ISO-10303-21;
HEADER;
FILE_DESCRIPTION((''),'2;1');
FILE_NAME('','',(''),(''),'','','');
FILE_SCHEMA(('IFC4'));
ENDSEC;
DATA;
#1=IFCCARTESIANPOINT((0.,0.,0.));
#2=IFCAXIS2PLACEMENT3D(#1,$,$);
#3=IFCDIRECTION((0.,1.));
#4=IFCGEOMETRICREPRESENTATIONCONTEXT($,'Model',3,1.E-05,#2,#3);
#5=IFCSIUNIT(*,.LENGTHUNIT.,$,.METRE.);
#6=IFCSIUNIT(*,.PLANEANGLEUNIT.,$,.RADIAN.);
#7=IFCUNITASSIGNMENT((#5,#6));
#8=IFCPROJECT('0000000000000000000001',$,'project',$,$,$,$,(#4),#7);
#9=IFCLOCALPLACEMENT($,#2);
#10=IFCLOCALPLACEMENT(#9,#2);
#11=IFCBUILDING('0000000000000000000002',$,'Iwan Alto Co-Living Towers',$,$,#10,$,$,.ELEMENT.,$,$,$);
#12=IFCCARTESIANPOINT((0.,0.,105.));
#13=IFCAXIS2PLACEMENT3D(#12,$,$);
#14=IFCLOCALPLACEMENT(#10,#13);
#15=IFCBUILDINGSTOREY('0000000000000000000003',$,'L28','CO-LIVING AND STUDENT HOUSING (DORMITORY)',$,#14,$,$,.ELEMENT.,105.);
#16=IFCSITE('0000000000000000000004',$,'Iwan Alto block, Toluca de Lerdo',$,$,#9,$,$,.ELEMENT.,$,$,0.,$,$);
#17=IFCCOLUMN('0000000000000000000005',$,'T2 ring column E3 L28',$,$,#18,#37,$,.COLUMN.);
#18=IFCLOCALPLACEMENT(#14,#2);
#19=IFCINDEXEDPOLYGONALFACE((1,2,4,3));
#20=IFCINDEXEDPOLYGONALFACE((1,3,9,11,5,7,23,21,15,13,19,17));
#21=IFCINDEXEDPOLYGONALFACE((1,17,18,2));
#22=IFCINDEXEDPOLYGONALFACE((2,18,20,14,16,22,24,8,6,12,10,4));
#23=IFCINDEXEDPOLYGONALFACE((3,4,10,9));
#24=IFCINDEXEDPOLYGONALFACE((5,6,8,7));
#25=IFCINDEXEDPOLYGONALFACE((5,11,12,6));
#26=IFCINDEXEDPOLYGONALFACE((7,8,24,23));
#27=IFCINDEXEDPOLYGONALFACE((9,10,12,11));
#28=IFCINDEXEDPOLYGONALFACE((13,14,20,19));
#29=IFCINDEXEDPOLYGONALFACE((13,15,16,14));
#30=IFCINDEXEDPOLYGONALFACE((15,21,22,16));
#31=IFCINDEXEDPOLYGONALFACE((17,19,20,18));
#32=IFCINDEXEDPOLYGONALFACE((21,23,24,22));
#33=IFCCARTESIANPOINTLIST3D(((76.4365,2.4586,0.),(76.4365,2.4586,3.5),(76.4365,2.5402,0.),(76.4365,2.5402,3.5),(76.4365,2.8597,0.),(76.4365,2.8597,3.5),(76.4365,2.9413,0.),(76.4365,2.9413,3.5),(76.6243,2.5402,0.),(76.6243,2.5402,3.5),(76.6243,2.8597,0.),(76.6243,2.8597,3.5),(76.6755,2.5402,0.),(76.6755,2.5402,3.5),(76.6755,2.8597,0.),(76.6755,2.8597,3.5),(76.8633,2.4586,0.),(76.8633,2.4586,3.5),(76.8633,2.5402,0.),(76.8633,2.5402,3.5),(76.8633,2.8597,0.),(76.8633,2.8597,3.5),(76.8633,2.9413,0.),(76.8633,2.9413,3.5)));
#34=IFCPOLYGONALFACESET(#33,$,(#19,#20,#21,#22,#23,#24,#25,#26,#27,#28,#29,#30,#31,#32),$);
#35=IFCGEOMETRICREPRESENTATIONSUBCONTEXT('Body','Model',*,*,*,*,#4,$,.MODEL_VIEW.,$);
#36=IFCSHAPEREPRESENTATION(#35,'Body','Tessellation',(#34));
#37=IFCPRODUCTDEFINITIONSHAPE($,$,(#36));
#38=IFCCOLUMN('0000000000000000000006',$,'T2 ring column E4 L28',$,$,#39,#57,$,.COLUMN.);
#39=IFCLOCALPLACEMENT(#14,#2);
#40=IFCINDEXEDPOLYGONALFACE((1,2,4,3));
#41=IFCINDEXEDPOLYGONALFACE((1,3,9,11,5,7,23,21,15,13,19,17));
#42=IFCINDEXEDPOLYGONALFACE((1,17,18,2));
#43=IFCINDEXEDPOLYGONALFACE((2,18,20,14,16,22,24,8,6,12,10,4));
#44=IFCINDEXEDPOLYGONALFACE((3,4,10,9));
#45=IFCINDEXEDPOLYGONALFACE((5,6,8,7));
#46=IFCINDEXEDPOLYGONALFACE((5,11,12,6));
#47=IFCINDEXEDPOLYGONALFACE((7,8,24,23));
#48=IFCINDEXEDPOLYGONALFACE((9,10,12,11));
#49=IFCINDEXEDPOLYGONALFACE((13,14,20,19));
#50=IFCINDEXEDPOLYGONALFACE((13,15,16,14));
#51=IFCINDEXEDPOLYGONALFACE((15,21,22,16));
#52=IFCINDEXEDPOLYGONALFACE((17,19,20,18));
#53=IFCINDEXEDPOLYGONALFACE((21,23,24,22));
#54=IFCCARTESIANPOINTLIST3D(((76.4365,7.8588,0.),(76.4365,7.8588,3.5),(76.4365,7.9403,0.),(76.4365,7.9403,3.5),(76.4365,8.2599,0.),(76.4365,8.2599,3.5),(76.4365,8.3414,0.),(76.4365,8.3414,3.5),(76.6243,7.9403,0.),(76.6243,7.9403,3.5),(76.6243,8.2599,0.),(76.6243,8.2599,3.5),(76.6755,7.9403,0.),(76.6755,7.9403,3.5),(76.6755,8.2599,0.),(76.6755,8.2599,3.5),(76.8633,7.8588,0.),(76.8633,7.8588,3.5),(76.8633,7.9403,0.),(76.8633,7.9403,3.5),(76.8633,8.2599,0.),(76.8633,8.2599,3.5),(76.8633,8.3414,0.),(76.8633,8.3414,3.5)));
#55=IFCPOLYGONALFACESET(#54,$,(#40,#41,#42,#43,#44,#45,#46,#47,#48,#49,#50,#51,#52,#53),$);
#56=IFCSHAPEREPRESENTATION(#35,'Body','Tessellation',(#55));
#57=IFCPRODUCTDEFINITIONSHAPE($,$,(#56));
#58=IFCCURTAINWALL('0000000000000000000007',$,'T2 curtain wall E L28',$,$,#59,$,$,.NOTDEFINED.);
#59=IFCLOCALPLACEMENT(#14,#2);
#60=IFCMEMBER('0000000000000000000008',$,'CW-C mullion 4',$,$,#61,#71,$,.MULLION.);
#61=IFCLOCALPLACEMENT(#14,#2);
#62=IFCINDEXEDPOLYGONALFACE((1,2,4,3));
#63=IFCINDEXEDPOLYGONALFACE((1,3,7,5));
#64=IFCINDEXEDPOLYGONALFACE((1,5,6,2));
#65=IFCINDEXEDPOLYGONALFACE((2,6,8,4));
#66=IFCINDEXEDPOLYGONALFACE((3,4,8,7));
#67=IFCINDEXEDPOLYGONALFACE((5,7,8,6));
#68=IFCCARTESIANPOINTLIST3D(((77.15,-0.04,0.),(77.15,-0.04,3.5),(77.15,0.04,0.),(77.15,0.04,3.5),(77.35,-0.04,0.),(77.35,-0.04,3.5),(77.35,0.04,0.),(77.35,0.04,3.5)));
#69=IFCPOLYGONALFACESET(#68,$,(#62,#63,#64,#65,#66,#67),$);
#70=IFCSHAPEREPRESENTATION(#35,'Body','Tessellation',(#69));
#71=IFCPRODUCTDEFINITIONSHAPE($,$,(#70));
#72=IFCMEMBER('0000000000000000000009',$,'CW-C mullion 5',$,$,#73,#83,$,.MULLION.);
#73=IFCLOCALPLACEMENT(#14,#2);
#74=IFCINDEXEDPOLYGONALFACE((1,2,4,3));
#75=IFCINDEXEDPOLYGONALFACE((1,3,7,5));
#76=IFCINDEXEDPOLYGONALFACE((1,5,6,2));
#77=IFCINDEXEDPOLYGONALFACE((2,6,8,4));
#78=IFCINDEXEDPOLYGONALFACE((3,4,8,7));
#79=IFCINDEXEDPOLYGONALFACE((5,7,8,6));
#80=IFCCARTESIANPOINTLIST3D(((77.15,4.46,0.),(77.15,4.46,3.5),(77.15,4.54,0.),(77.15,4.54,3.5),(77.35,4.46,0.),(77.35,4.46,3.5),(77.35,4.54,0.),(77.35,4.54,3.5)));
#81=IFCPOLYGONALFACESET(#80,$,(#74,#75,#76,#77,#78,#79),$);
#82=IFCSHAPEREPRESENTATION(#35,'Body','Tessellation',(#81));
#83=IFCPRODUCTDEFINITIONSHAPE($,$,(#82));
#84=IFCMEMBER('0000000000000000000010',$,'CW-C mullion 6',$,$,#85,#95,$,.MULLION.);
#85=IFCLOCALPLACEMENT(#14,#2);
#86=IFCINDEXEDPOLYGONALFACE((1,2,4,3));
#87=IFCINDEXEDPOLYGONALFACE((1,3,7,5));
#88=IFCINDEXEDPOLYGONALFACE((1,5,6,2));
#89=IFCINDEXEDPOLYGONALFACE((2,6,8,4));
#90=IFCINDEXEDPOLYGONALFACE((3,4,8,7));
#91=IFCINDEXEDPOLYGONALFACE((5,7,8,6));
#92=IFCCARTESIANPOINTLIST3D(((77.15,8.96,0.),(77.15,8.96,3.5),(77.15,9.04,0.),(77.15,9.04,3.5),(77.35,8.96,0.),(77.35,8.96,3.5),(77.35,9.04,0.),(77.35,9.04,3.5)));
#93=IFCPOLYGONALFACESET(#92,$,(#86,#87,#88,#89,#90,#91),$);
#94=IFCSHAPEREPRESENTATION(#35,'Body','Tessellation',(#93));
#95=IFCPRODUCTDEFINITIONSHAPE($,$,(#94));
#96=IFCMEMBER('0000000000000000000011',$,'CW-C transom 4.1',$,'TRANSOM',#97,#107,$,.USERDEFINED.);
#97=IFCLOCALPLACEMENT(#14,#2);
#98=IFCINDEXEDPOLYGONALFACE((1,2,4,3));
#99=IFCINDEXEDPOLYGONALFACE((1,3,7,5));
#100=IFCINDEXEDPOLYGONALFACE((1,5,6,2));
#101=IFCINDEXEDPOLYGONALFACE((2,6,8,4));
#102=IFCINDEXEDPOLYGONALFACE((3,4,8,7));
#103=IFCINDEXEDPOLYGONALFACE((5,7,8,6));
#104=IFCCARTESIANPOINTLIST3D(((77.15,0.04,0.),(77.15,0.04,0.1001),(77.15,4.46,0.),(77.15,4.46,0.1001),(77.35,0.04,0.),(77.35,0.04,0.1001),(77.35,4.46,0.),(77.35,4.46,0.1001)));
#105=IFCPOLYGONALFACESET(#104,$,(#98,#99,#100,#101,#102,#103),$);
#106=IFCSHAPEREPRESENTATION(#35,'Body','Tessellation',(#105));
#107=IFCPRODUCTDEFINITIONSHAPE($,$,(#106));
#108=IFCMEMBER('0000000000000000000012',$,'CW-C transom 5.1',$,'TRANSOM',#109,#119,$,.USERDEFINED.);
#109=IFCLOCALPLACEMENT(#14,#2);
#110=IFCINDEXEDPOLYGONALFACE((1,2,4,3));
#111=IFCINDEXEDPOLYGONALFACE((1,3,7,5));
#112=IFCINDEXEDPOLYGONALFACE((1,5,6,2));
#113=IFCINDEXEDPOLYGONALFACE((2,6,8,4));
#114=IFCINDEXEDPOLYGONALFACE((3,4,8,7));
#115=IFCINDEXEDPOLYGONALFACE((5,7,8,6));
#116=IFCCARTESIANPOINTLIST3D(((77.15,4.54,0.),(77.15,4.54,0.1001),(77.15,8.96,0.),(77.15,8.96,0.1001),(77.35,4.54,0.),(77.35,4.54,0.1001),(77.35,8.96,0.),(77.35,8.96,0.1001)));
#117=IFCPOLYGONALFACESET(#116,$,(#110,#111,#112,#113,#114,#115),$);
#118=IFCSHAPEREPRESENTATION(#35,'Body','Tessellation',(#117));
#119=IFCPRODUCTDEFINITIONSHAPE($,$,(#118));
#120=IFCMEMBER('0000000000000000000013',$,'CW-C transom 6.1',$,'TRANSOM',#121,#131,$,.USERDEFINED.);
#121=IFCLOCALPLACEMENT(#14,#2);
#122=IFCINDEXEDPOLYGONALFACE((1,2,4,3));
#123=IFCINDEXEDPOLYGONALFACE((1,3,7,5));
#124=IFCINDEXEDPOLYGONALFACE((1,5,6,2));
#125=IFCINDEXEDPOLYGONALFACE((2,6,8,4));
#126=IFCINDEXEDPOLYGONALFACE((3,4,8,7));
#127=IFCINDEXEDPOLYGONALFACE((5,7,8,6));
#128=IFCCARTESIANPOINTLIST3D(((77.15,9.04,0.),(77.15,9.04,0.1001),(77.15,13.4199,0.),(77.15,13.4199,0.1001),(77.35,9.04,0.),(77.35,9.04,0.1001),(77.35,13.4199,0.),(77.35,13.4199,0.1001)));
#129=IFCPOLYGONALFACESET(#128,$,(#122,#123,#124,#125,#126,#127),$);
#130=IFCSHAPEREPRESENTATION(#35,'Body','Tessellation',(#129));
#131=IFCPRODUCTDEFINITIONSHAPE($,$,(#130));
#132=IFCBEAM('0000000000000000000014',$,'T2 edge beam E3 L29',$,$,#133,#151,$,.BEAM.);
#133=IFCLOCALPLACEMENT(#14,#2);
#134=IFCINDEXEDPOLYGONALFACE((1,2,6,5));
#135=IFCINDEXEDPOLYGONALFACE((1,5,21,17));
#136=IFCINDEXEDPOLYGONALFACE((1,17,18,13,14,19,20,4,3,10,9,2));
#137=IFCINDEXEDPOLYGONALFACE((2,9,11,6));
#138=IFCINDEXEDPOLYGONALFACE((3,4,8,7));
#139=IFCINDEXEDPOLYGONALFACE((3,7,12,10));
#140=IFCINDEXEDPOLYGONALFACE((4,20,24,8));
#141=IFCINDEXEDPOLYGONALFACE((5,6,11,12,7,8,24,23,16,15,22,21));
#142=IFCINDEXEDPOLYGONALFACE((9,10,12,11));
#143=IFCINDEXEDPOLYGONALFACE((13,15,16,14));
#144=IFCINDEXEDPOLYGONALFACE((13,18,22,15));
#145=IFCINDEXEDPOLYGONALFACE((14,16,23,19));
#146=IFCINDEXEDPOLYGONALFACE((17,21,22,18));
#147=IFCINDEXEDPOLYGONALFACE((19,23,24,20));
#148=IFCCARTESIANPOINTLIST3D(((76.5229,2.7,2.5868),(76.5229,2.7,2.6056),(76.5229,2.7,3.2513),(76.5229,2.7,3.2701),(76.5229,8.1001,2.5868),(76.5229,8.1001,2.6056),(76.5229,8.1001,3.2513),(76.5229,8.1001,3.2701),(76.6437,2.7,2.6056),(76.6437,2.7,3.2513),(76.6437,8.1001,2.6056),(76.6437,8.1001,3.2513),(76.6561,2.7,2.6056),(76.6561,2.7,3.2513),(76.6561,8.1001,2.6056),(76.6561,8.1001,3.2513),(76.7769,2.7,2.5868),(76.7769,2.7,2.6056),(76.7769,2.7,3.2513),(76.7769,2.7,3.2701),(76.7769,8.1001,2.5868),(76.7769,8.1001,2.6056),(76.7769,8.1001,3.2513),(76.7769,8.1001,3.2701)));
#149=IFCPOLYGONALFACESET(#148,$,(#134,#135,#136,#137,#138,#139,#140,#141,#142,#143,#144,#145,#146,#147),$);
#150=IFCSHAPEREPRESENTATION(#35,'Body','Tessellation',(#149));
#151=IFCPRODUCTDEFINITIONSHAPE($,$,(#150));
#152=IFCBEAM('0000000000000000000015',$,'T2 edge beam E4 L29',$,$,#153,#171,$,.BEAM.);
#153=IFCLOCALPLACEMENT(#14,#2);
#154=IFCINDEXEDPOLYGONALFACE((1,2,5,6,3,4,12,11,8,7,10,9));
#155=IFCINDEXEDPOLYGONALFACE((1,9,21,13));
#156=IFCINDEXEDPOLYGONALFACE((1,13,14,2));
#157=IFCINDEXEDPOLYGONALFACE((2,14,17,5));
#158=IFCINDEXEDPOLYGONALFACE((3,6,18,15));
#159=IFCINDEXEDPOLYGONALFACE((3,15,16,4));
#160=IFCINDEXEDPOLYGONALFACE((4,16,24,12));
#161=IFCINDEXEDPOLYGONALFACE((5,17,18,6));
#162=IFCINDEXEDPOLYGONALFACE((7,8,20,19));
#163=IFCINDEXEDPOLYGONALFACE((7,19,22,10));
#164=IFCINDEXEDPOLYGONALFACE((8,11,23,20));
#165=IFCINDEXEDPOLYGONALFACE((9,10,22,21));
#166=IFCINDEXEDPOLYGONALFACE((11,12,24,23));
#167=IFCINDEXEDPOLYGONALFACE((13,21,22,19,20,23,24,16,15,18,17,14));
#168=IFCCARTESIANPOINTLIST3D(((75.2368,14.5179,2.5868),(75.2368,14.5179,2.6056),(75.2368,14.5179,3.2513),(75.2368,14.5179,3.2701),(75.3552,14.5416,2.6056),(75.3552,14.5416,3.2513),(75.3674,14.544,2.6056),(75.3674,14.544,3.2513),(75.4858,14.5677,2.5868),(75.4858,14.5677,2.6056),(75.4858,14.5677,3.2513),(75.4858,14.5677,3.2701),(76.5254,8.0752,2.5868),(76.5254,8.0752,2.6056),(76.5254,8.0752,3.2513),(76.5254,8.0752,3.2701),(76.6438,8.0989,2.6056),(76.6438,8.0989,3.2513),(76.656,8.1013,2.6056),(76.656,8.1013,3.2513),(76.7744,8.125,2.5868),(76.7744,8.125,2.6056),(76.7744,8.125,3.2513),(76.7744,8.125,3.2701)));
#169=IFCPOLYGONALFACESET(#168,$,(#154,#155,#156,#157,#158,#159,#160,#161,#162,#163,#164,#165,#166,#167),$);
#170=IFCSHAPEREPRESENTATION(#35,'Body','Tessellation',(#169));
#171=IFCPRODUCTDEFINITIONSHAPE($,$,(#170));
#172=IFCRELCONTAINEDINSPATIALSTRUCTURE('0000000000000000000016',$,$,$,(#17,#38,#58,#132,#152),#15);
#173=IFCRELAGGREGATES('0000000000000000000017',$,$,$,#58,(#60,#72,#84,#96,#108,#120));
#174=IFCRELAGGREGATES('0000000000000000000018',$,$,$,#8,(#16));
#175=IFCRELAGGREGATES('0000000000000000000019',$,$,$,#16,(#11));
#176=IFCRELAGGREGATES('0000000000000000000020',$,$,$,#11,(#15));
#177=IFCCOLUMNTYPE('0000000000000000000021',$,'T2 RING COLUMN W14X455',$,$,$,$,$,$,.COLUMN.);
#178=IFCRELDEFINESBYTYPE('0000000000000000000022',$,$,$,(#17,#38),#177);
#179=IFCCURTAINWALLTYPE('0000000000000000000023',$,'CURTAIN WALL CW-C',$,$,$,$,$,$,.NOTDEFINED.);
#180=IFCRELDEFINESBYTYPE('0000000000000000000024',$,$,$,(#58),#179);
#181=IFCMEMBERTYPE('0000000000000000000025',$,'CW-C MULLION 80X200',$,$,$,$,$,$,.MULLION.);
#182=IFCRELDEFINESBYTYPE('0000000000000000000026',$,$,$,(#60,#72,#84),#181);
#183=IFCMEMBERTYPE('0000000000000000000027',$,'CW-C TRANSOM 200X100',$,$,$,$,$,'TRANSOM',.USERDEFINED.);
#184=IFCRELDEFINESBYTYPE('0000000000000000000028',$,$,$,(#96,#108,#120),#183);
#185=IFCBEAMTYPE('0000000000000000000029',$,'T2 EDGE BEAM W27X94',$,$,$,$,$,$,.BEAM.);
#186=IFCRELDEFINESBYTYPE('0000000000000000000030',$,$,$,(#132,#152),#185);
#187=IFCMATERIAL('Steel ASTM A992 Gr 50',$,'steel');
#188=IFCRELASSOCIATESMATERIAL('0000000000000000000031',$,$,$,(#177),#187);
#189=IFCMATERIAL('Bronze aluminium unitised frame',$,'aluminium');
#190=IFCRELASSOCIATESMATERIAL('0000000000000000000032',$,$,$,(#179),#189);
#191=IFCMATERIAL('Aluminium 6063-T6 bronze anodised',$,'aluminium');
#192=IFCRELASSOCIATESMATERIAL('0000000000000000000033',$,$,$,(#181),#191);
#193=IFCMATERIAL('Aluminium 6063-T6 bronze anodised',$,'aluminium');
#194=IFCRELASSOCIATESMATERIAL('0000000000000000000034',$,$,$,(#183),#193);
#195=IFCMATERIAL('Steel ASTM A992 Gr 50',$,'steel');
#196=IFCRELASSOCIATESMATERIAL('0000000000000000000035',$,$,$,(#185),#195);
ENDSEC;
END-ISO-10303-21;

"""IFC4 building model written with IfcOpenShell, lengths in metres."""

from ifc_helpers import new_model, si_unit, direction, frame, origin, origin_2d, place, context, subcontext, project, spatial, rectangle, i_section, extrude, material, material_profile, profile_set, type_object, element, aggregate, save


model = new_model("IFC4")

# Units and contexts
model_context = context("Model", 3, precision=1e-05, world=origin(), true_north=direction((0.0, 1.0)))
body_context = subcontext(model_context, "Body", "Model", "MODEL_VIEW")
ifc_project = project(units=[si_unit("LENGTHUNIT", "METRE"), si_unit("PLANEANGLEUNIT", "RADIAN")], contexts=[model_context])

# Site, building, storey
site_placement = place(None, origin())
site = spatial("IfcSite", under=ifc_project, at=site_placement, Name="Iwan Alto block, Toluca de Lerdo", CompositionType="ELEMENT", RefElevation=0.0)
building_placement = place(site_placement, origin())
building = spatial("IfcBuilding", under=site, at=building_placement, Name="Iwan Alto Co-Living Towers", CompositionType="ELEMENT")
storey_placement = place(building_placement, frame((0.0, 0.0, 105.0)))
storey = spatial("IfcBuildingStorey", under=building, at=storey_placement, Name="L28", Description="CO-LIVING AND STUDENT HOUSING (DORMITORY)", CompositionType="ELEMENT", Elevation=105.0)

# Columns
ifc_material_1 = material(Name="Steel ASTM A992 Gr 50", Category="steel")
ifc_material_profile_1 = material_profile(ifc_material_1, i_section(OverallWidth=0.4268, OverallDepth=0.4827, WebThickness=0.0513, FlangeThickness=0.0815, at=origin_2d()), Name="W14X455")
ifc_profile_set_1 = profile_set([ifc_material_profile_1], Name="Steel ASTM A992 Gr 50")
column_type = type_object("IfcColumnType", Name="T2 RING COLUMN W14X455", PredefinedType="COLUMN", material=ifc_profile_set_1)
for number, where, z_axis, x_axis, name in (
    (1, (76.6499, 2.7, 0.0), (0.0, 0.0, 1.0), (1.0, 0.0, 0.0), "T2 ring column E3 L28"),
    (2, (76.6499, 8.1001, 0.0), (0.0, 0.0, 1.0), (1.0, 0.0, 0.0), "T2 ring column E4 L28"),
):
    element("IfcColumn", number, at=place(storey_placement, frame(where, z_axis=z_axis, x_axis=x_axis)), inside=storey, type_object=column_type, Name=name, PredefinedType="COLUMN", context=body_context, shape_type="SweptSolid", body=[
        extrude(i_section(OverallWidth=0.4268, OverallDepth=0.4827, WebThickness=0.0513, FlangeThickness=0.0815, at=origin_2d()), origin(), (0.0, 0.0, 1.0), 3.5),
    ])

# Curtain wall, members
ifc_material_2 = material(Name="Bronze aluminium unitised frame", Category="aluminium")
curtain_wall_type = type_object("IfcCurtainWallType", Name="CURTAIN WALL CW-C", PredefinedType="NOTDEFINED", material=ifc_material_2)
curtain_wall_placement = place(storey_placement, origin())
curtain_wall = element("IfcCurtainWall", 3, at=curtain_wall_placement, inside=storey, type_object=curtain_wall_type, Name="T2 curtain wall E L28", PredefinedType="NOTDEFINED")
ifc_material_3 = material(Name="Aluminium 6063-T6 bronze anodised", Category="aluminium")
ifc_material_profile_2 = material_profile(ifc_material_3, rectangle(XDim=0.2, YDim=0.0801, at=origin_2d()), Name="AL 80X200")
ifc_profile_set_2 = profile_set([ifc_material_profile_2], Name="Aluminium 6063-T6 bronze anodised")
member_type_1 = type_object("IfcMemberType", Name="CW-C MULLION 80X200", PredefinedType="MULLION", material=ifc_profile_set_2)
member_1_placement = place(storey_placement, frame((77.25, 0.0, 0.0), z_axis=(0.0, 0.0, 1.0), x_axis=(-1.0, 0.0, 0.0)))
member_1 = element("IfcMember", 4, at=member_1_placement, type_object=member_type_1, Name="CW-C mullion 4", PredefinedType="MULLION", context=body_context, shape_type="SweptSolid", body=[
    extrude(rectangle(XDim=0.2, YDim=0.0801, at=origin_2d()), origin(), (0.0, 0.0, 1.0), 3.5),
])
member_2_placement = place(storey_placement, frame((77.25, 4.5, 0.0), z_axis=(0.0, 0.0, 1.0), x_axis=(-1.0, 0.0, 0.0)))
member_2 = element("IfcMember", 5, at=member_2_placement, type_object=member_type_1, Name="CW-C mullion 5", PredefinedType="MULLION", context=body_context, shape_type="SweptSolid", body=[
    extrude(rectangle(XDim=0.2, YDim=0.0801, at=origin_2d()), origin(), (0.0, 0.0, 1.0), 3.5),
])
member_3_placement = place(storey_placement, frame((77.25, 9.0, 0.0), z_axis=(0.0, 0.0, 1.0), x_axis=(-1.0, 0.0, 0.0)))
member_3 = element("IfcMember", 6, at=member_3_placement, type_object=member_type_1, Name="CW-C mullion 6", PredefinedType="MULLION", context=body_context, shape_type="SweptSolid", body=[
    extrude(rectangle(XDim=0.2, YDim=0.0801, at=origin_2d()), origin(), (0.0, 0.0, 1.0), 3.5),
])
ifc_material_4 = material(Name="Aluminium 6063-T6 bronze anodised", Category="aluminium")
ifc_material_profile_3 = material_profile(ifc_material_4, rectangle(XDim=0.2, YDim=0.1001, at=origin_2d()), Name="AL 200X100")
ifc_profile_set_3 = profile_set([ifc_material_profile_3], Name="Aluminium 6063-T6 bronze anodised")
member_type_2 = type_object("IfcMemberType", Name="CW-C TRANSOM 200X100", ElementType="TRANSOM", PredefinedType="USERDEFINED", material=ifc_profile_set_3)
member_4_placement = place(storey_placement, frame((77.25, 0.04, 0.05), z_axis=(0.0, 1.0, 0.0), x_axis=(-1.0, 0.0, 0.0)))
member_4 = element("IfcMember", 7, at=member_4_placement, type_object=member_type_2, Name="CW-C transom 4.1", ObjectType="TRANSOM", PredefinedType="USERDEFINED", context=body_context, shape_type="SweptSolid", body=[
    extrude(rectangle(XDim=0.2, YDim=0.1001, at=origin_2d()), origin(), (0.0, 0.0, 1.0), 4.4199),
])
member_5_placement = place(storey_placement, frame((77.25, 4.54, 0.05), z_axis=(0.0, 1.0, 0.0), x_axis=(-1.0, 0.0, 0.0)))
member_5 = element("IfcMember", 8, at=member_5_placement, type_object=member_type_2, Name="CW-C transom 5.1", ObjectType="TRANSOM", PredefinedType="USERDEFINED", context=body_context, shape_type="SweptSolid", body=[
    extrude(rectangle(XDim=0.2, YDim=0.1001, at=origin_2d()), origin(), (0.0, 0.0, 1.0), 4.4199),
])
member_6_placement = place(storey_placement, frame((77.25, 9.04, 0.05), z_axis=(0.0, 1.0, 0.0), x_axis=(-1.0, 0.0, 0.0)))
member_6 = element("IfcMember", 9, at=member_6_placement, type_object=member_type_2, Name="CW-C transom 6.1", ObjectType="TRANSOM", PredefinedType="USERDEFINED", context=body_context, shape_type="SweptSolid", body=[
    extrude(rectangle(XDim=0.2, YDim=0.1001, at=origin_2d()), origin(), (0.0, 0.0, 1.0), 4.3799),
])

# Beams
ifc_material_5 = material(Name="Steel ASTM A992 Gr 50", Category="steel")
ifc_material_profile_4 = material_profile(ifc_material_5, i_section(OverallWidth=0.2539, OverallDepth=0.6833, WebThickness=0.0125, FlangeThickness=0.0188, at=origin_2d()), Name="W27X94")
ifc_profile_set_4 = profile_set([ifc_material_profile_4], Name="Steel ASTM A992 Gr 50")
beam_type_1 = type_object("IfcBeamType", Name="T2 EDGE BEAM W27X94", PredefinedType="BEAM", material=ifc_profile_set_4)
beam_1_placement = place(storey_placement, frame((76.6499, 2.7, 2.9285), z_axis=(0.0, 1.0, 0.0), x_axis=(-1.0, 0.0, 0.0)))
element("IfcBeam", 10, at=beam_1_placement, inside=storey, type_object=beam_type_1, Name="T2 edge beam E3 L29", PredefinedType="BEAM", context=body_context, shape_type="SweptSolid", body=[
    extrude(i_section(OverallWidth=0.2539, OverallDepth=0.6833, WebThickness=0.0125, FlangeThickness=0.0188, at=origin_2d()), origin(), (0.0, 0.0, 1.0), 5.4001),
])
beam_2_placement = place(storey_placement, frame((76.6499, 8.1001, 2.9285), z_axis=(-0.196123, 0.980579, 0.0), x_axis=(-0.980579, -0.196123, 0.0)))
element("IfcBeam", 11, at=beam_2_placement, inside=storey, type_object=beam_type_1, Name="T2 edge beam E4 L29", PredefinedType="BEAM", context=body_context, shape_type="SweptSolid", body=[
    extrude(i_section(OverallWidth=0.2539, OverallDepth=0.6833, WebThickness=0.0125, FlangeThickness=0.0188, at=origin_2d()), origin(), (0.0, 0.0, 1.0), 6.5703),
])

aggregate(curtain_wall, [member_1, member_2, member_3, member_4, member_5, member_6])

save(model, "model.ifc")
